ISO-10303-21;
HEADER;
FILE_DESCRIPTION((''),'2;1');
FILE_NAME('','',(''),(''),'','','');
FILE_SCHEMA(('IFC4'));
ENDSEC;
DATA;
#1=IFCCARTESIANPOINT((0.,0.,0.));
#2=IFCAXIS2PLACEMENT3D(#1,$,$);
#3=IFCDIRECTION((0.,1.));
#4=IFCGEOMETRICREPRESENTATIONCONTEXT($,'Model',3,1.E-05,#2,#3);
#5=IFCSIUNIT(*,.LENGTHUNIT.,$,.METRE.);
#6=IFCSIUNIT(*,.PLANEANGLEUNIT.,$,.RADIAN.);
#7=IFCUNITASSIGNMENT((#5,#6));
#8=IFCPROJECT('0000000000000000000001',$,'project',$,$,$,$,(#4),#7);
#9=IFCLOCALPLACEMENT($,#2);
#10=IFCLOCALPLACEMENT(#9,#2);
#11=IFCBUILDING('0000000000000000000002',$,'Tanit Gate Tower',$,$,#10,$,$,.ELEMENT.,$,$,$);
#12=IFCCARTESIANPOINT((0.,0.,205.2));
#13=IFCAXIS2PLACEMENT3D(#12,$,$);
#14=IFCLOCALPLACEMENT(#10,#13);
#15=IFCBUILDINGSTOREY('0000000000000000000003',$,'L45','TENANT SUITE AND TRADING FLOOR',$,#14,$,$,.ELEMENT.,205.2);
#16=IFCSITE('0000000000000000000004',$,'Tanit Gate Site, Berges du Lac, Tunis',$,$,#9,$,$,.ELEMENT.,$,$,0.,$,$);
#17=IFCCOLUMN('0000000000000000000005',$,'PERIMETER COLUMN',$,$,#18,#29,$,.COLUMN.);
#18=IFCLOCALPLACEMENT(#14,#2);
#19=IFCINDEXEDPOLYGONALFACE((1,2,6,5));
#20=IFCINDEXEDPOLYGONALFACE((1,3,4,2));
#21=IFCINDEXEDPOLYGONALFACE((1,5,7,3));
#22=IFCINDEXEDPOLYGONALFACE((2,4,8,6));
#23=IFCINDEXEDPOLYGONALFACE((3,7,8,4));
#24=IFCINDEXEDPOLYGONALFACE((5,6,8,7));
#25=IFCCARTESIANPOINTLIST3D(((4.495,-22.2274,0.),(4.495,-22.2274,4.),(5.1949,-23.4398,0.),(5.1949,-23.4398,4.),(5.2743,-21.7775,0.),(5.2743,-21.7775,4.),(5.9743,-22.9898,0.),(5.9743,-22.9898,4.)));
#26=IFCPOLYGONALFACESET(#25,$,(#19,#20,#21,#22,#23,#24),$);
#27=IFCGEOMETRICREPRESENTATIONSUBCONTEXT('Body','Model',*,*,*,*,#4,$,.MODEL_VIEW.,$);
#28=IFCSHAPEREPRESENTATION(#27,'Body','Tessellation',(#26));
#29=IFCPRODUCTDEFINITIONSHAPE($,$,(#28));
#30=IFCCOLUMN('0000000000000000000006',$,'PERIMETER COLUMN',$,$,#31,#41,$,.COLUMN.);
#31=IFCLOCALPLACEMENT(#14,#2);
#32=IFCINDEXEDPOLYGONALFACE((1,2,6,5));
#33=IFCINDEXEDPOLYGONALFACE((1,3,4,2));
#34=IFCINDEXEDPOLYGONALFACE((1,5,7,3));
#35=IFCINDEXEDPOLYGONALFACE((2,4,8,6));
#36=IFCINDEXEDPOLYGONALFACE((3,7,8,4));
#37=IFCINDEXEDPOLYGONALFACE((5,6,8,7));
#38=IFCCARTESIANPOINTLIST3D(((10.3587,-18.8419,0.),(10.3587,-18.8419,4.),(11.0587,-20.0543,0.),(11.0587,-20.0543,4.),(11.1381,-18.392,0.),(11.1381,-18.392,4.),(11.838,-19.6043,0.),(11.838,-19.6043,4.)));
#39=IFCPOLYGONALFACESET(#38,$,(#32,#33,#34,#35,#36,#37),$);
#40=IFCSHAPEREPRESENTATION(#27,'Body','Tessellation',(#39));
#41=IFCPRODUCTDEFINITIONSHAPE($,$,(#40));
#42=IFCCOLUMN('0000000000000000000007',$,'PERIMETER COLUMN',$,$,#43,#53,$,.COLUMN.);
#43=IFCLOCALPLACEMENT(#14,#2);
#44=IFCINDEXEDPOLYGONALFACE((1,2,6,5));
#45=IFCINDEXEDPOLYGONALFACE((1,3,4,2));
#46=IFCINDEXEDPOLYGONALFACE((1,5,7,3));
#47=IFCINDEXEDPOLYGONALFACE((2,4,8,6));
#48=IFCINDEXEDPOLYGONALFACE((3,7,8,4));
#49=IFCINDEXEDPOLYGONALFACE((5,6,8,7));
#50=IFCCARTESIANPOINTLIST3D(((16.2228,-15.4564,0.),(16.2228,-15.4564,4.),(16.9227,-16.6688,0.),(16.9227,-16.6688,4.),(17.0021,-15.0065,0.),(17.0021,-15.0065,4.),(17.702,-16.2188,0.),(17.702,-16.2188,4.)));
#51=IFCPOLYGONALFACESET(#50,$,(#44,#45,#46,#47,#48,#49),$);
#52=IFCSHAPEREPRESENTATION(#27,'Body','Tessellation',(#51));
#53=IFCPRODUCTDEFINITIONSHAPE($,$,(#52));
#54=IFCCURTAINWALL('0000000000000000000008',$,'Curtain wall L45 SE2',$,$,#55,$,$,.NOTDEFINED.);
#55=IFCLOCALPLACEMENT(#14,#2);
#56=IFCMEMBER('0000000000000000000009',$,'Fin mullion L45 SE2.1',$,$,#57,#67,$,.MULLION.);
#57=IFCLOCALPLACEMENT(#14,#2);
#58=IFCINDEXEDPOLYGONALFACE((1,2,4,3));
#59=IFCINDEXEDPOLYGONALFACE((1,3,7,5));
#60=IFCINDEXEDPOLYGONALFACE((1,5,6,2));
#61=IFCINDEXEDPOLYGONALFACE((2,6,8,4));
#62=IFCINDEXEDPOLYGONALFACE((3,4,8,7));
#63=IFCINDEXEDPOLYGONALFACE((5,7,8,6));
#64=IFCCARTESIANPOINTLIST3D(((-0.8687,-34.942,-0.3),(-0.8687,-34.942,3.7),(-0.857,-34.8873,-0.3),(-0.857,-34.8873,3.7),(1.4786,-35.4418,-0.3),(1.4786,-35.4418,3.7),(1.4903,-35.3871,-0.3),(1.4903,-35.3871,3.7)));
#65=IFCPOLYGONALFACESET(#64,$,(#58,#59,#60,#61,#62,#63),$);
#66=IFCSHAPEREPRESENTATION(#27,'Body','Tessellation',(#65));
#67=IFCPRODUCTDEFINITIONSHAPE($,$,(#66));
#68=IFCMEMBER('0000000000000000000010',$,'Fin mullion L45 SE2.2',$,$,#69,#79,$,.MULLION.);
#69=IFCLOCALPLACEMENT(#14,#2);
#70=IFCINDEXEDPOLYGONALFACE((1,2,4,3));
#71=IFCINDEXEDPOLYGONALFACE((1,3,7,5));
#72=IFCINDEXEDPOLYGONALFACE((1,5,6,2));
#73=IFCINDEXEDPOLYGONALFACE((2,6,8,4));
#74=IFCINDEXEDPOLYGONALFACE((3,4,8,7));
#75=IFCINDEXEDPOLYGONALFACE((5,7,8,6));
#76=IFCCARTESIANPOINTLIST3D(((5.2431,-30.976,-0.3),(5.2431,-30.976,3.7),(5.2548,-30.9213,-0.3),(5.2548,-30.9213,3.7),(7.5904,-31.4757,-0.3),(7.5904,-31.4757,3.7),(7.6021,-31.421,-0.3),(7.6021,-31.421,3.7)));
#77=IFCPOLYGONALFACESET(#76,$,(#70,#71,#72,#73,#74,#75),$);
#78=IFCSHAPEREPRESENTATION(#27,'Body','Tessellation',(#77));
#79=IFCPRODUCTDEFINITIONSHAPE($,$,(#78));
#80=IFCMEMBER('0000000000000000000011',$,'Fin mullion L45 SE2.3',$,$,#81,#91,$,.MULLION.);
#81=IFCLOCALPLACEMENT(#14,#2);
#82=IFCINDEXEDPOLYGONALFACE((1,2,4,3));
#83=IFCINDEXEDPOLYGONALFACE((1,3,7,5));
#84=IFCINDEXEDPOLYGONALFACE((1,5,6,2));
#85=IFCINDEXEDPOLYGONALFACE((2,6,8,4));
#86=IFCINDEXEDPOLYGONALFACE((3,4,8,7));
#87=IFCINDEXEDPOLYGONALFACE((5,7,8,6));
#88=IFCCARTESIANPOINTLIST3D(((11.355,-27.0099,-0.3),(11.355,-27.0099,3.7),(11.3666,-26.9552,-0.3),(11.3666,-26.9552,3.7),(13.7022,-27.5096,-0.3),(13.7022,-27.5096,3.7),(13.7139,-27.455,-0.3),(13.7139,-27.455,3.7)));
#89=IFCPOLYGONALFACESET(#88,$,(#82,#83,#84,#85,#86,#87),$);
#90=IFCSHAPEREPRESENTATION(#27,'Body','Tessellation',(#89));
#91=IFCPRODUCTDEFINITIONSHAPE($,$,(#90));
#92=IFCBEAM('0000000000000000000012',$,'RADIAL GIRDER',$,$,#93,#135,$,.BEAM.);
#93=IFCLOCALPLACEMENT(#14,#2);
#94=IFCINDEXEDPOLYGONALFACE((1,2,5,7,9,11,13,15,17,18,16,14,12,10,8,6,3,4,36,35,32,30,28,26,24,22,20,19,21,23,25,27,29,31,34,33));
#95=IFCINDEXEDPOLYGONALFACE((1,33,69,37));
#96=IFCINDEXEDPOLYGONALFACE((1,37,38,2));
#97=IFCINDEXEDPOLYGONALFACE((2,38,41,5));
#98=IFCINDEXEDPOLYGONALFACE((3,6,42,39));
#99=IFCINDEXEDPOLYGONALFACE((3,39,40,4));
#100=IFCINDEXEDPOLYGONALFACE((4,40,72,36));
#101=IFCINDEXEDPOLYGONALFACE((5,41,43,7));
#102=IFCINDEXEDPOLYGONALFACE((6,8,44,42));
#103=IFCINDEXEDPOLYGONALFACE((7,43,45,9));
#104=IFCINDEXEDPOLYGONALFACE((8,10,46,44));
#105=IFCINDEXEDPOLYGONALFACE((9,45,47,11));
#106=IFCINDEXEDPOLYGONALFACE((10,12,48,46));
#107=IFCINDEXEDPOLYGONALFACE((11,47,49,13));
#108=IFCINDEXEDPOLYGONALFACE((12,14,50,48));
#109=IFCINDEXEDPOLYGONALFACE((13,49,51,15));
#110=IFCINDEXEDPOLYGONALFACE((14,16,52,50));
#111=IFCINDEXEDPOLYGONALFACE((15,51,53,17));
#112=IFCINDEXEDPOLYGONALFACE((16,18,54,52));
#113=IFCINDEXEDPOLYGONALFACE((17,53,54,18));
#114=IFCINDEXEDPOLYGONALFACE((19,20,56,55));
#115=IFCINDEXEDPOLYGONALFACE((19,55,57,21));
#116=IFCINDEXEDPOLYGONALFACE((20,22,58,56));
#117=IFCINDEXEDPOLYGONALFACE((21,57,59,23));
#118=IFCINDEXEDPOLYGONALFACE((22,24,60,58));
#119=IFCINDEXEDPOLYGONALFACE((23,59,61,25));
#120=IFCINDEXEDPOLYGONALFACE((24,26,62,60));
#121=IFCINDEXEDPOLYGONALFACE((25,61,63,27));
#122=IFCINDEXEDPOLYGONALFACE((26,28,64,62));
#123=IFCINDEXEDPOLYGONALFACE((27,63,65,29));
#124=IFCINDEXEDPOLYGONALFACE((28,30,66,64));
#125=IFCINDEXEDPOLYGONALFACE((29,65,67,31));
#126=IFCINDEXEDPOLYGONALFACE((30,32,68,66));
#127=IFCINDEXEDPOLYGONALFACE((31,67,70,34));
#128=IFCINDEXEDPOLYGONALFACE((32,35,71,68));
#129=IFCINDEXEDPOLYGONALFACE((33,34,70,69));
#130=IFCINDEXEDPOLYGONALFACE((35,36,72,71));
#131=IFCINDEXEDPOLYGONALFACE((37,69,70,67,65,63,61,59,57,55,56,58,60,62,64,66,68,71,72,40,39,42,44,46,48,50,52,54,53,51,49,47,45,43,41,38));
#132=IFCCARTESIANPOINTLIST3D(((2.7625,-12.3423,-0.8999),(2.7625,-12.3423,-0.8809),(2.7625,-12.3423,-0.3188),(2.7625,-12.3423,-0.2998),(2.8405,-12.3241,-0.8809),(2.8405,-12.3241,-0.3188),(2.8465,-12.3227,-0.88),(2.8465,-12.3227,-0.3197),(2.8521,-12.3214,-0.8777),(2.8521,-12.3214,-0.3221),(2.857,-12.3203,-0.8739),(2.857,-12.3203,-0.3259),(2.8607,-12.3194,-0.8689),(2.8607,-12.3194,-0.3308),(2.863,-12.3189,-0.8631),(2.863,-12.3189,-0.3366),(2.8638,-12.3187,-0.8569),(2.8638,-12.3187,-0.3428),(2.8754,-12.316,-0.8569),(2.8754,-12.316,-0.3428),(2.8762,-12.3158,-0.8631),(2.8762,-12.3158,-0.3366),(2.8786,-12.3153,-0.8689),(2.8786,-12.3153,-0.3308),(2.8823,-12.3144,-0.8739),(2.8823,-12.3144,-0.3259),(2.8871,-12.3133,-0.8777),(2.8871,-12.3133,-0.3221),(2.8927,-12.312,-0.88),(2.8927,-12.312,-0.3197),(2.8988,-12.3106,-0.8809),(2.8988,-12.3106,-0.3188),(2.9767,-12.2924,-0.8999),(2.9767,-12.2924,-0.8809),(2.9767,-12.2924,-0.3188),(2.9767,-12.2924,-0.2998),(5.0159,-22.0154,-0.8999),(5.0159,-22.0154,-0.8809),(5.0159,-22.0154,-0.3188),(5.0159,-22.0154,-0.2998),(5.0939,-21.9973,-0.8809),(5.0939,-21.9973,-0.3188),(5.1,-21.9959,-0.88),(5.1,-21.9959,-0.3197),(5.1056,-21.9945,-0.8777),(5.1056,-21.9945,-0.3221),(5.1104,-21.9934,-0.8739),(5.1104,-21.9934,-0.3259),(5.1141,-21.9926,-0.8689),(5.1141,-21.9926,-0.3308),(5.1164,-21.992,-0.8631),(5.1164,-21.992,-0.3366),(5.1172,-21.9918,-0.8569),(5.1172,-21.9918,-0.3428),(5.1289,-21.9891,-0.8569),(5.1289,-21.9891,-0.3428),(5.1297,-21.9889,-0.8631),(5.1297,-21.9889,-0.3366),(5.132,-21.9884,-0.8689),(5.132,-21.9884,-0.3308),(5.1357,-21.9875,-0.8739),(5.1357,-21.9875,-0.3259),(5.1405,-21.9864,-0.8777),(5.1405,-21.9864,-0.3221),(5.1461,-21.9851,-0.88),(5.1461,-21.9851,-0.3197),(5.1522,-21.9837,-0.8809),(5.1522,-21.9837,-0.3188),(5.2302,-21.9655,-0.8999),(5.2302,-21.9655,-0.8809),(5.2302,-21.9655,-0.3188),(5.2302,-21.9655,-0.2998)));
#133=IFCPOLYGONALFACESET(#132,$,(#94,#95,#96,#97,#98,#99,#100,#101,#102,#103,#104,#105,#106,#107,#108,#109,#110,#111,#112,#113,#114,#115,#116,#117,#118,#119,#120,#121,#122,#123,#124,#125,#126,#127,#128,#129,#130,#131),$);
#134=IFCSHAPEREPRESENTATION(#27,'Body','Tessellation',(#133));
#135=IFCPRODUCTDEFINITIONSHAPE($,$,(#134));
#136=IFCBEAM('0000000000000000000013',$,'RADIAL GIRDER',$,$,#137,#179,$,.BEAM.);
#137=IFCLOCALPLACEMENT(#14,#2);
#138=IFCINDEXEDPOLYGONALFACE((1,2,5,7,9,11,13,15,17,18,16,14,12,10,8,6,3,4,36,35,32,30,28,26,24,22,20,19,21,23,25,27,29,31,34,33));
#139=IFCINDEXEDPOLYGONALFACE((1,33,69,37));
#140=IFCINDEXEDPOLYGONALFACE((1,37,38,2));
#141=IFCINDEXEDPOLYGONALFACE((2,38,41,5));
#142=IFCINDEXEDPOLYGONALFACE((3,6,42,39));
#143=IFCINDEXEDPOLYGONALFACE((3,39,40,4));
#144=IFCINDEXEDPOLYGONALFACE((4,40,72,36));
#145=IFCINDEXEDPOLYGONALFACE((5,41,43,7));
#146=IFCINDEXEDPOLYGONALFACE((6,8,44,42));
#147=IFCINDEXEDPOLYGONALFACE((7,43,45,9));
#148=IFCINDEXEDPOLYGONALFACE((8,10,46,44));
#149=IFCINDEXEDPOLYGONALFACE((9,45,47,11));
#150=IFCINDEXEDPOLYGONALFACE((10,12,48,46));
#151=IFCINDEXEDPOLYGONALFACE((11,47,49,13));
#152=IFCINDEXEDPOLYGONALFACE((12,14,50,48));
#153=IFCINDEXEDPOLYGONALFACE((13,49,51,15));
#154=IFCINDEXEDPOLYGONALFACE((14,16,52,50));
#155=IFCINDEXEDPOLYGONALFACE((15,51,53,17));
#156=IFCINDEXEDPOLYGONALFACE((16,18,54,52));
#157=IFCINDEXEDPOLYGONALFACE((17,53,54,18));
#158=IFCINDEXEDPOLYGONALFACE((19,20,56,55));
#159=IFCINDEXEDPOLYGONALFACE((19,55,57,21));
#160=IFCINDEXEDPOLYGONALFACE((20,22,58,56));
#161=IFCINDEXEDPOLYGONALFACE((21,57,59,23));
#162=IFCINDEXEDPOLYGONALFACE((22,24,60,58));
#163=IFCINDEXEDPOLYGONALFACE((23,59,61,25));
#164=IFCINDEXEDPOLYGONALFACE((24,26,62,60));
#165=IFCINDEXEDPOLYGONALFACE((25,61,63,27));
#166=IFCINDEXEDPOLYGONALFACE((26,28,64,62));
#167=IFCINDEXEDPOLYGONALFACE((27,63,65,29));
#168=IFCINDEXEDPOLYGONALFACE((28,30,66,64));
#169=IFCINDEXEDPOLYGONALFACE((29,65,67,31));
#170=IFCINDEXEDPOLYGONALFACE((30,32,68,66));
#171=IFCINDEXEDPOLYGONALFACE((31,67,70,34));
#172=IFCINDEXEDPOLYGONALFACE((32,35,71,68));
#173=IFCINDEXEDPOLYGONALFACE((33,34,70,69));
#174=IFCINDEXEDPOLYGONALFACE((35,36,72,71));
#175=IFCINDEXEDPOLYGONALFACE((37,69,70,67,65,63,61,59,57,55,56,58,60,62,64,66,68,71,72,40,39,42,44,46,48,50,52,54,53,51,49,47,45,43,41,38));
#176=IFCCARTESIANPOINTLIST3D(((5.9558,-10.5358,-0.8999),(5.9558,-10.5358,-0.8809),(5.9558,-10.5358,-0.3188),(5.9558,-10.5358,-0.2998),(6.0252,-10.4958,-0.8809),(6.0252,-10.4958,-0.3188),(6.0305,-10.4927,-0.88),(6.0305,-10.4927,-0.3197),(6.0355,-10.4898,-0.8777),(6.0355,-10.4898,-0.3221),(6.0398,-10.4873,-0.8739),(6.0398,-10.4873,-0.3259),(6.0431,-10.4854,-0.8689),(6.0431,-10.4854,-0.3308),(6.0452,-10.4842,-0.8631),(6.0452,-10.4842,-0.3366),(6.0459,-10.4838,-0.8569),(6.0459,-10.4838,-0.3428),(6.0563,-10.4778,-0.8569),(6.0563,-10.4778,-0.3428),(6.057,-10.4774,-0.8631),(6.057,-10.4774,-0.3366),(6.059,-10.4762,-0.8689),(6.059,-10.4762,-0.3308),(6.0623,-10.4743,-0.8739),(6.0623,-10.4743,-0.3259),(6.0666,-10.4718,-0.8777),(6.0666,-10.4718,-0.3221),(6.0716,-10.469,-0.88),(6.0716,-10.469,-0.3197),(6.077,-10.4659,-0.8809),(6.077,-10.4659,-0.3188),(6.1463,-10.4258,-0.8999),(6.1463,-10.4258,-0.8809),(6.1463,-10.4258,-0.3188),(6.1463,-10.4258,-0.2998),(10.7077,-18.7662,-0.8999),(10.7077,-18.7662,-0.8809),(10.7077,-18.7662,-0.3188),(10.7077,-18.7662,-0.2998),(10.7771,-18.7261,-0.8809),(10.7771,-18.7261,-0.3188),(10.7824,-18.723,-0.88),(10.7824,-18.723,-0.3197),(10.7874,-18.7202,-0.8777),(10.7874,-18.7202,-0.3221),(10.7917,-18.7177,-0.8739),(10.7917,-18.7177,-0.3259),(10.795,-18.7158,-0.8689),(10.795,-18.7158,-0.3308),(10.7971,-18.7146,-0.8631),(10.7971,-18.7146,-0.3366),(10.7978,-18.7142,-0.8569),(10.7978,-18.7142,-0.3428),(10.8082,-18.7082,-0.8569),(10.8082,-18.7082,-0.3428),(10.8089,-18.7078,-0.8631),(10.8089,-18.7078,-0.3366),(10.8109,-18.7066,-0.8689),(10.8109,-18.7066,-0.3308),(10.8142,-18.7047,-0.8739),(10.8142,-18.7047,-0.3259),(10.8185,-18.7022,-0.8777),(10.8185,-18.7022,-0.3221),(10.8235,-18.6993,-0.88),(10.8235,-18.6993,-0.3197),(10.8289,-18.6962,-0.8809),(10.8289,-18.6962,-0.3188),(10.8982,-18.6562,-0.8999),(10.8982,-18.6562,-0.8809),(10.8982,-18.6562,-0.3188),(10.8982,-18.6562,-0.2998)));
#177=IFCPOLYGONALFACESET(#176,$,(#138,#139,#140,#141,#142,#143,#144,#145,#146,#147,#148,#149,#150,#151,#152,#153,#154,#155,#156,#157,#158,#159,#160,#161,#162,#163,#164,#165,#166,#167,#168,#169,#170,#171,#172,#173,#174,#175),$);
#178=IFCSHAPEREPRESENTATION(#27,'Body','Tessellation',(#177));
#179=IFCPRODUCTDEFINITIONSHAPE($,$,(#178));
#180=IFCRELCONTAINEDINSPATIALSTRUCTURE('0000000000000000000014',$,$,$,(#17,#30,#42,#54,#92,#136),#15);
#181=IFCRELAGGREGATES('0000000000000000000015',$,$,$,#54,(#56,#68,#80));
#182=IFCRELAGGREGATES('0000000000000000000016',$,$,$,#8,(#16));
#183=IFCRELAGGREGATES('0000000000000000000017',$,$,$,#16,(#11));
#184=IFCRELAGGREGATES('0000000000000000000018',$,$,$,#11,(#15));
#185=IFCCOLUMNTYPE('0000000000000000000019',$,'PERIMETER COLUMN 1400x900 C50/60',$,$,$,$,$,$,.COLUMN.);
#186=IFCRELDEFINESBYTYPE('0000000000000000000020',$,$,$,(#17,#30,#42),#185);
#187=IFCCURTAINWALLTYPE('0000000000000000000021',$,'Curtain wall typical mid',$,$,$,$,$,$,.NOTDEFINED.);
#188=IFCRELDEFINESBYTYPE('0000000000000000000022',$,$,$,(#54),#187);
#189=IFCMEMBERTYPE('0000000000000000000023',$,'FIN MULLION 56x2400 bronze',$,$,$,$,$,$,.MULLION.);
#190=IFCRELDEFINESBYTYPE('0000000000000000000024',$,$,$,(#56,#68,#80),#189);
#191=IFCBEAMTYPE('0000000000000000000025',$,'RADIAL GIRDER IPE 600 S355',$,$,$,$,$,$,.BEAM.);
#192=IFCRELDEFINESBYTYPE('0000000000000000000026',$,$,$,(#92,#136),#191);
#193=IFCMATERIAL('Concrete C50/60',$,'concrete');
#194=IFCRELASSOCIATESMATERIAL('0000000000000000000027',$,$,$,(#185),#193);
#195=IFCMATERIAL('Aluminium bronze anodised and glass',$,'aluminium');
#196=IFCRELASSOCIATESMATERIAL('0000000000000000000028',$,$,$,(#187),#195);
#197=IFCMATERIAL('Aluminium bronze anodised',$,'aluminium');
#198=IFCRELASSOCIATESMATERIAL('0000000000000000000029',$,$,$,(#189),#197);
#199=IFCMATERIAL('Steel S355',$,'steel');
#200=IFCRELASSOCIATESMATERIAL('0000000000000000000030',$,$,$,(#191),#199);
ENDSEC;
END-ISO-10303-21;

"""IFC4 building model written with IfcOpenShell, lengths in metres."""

from ifc_helpers import new_model, si_unit, direction, frame, origin, origin_2d, place, context, subcontext, project, spatial, rectangle, i_section, extrude, material, material_profile, profile_set, type_object, element, aggregate, save


model = new_model("IFC4")

# Units and contexts
model_context = context("Model", 3, precision=1e-05, world=origin(), true_north=direction((0.0, 1.0)))
body_context = subcontext(model_context, "Body", "Model", "MODEL_VIEW")
ifc_project = project(units=[si_unit("LENGTHUNIT", "METRE"), si_unit("PLANEANGLEUNIT", "RADIAN")], contexts=[model_context])

# Site, building, storey
site_placement = place(None, origin())
site = spatial("IfcSite", under=ifc_project, at=site_placement, Name="Tanit Gate Site, Berges du Lac, Tunis", CompositionType="ELEMENT", RefElevation=0.0)
building_placement = place(site_placement, origin())
building = spatial("IfcBuilding", under=site, at=building_placement, Name="Tanit Gate Tower", CompositionType="ELEMENT")
storey_placement = place(building_placement, frame((0.0, 0.0, 205.2)))
storey = spatial("IfcBuildingStorey", under=building, at=storey_placement, Name="L45", Description="TENANT SUITE AND TRADING FLOOR", CompositionType="ELEMENT", Elevation=205.2)

# Columns
ifc_material_1 = material(Name="Concrete C50/60", Category="concrete")
ifc_material_profile_1 = material_profile(ifc_material_1, rectangle(XDim=1.3999, YDim=0.8999, at=origin_2d()), Name="RC 1400x900")
ifc_profile_set_1 = profile_set([ifc_material_profile_1], Name="Concrete C50/60")
column_type = type_object("IfcColumnType", Name="PERIMETER COLUMN 1400x900 C50/60", PredefinedType="COLUMN", material=ifc_profile_set_1)
for number, where, z_axis, x_axis, name in (
    (1, (5.2346, -22.6086, 0.0), (0.0, 0.0, 1.0), (0.5, -0.866025, 0.0), "PERIMETER COLUMN"),
    (2, (11.0984, -19.2231, 0.0), (0.0, 0.0, 1.0), (0.5, -0.866025, 0.0), "PERIMETER COLUMN"),
    (3, (16.9624, -15.8376, 0.0), (0.0, 0.0, 1.0), (0.5, -0.866025, 0.0), "PERIMETER COLUMN"),
):
    element("IfcColumn", number, at=place(storey_placement, frame(where, z_axis=z_axis, x_axis=x_axis)), inside=storey, type_object=column_type, Name=name, PredefinedType="COLUMN", context=body_context, shape_type="SweptSolid", body=[
        extrude(rectangle(XDim=1.3999, YDim=0.8999, at=origin_2d()), origin(), (0.0, 0.0, 1.0), 4.0),
    ])

# Curtain wall, members
ifc_material_2 = material(Name="Aluminium bronze anodised and glass", Category="aluminium")
curtain_wall_type = type_object("IfcCurtainWallType", Name="Curtain wall typical mid", PredefinedType="NOTDEFINED", material=ifc_material_2)
curtain_wall_placement = place(storey_placement, origin())
curtain_wall = element("IfcCurtainWall", 4, at=curtain_wall_placement, inside=storey, type_object=curtain_wall_type, Name="Curtain wall L45 SE2", PredefinedType="NOTDEFINED")
ifc_material_3 = material(Name="Aluminium bronze anodised", Category="aluminium")
ifc_material_profile_2 = material_profile(ifc_material_3, rectangle(XDim=2.3999, YDim=0.0559, at=origin_2d()), Name="56x2400 bronze fin mullion")
ifc_profile_set_2 = profile_set([ifc_material_profile_2], Name="Aluminium bronze anodised")
member_type_1 = type_object("IfcMemberType", Name="FIN MULLION 56x2400 bronze", PredefinedType="MULLION", material=ifc_profile_set_2)
member_1_placement = place(storey_placement, frame((0.3108, -35.1646, -0.3), z_axis=(0.0, 0.0, 1.0), x_axis=(-0.978078, 0.208238, 0.0)))
member_1 = element("IfcMember", 5, at=member_1_placement, type_object=member_type_1, Name="Fin mullion L45 SE2.1", PredefinedType="MULLION", context=body_context, shape_type="SweptSolid", body=[
    extrude(rectangle(XDim=2.3999, YDim=0.0559, at=origin_2d()), origin(), (0.0, 0.0, 1.0), 4.0),
])
member_2_placement = place(storey_placement, frame((6.4226, -31.1985, -0.3), z_axis=(0.0, 0.0, 1.0), x_axis=(-0.978078, 0.208238, 0.0)))
member_2 = element("IfcMember", 6, at=member_2_placement, type_object=member_type_1, Name="Fin mullion L45 SE2.2", PredefinedType="MULLION", context=body_context, shape_type="SweptSolid", body=[
    extrude(rectangle(XDim=2.3999, YDim=0.0559, at=origin_2d()), origin(), (0.0, 0.0, 1.0), 4.0),
])
member_3_placement = place(storey_placement, frame((12.5344, -27.2324, -0.3), z_axis=(0.0, 0.0, 1.0), x_axis=(-0.978078, 0.208238, 0.0)))
member_3 = element("IfcMember", 7, at=member_3_placement, type_object=member_type_1, Name="Fin mullion L45 SE2.3", PredefinedType="MULLION", context=body_context, shape_type="SweptSolid", body=[
    extrude(rectangle(XDim=2.3999, YDim=0.0559, at=origin_2d()), origin(), (0.0, 0.0, 1.0), 4.0),
])

# Beams
ifc_material_4 = material(Name="Steel S355", Category="steel")
ifc_material_profile_3 = material_profile(ifc_material_4, i_section(OverallWidth=0.22, OverallDepth=0.6001, WebThickness=0.012, FlangeThickness=0.019, FilletRadius=0.0239, at=origin_2d()), Name="IPE 600")
ifc_profile_set_3 = profile_set([ifc_material_profile_3], Name="Steel S355")
beam_type = type_object("IfcBeamType", Name="RADIAL GIRDER IPE 600 S355", PredefinedType="BEAM", material=ifc_profile_set_3)
beam_1_placement = place(storey_placement, frame((5.123, -21.9905, -0.5999), z_axis=(-0.226882, 0.973922, 0.0), x_axis=(-0.973922, -0.226882, 0.0)))
element("IfcBeam", 8, at=beam_1_placement, inside=storey, type_object=beam_type, Name="RADIAL GIRDER", PredefinedType="BEAM", context=body_context, shape_type="SweptSolid", body=[
    extrude(i_section(OverallWidth=0.22, OverallDepth=0.6001, WebThickness=0.012, FlangeThickness=0.019, FilletRadius=0.0239, at=origin_2d()), origin(), (0.0, 0.0, 1.0), 9.9321),
])
beam_2_placement = place(storey_placement, frame((10.803, -18.7112, -0.5999), z_axis=(-0.500007, 0.866021, 0.0), x_axis=(-0.866021, -0.500007, 0.0)))
element("IfcBeam", 9, at=beam_2_placement, inside=storey, type_object=beam_type, Name="RADIAL GIRDER", PredefinedType="BEAM", context=body_context, shape_type="SweptSolid", body=[
    extrude(i_section(OverallWidth=0.22, OverallDepth=0.6001, WebThickness=0.012, FlangeThickness=0.019, FilletRadius=0.0239, at=origin_2d()), origin(), (0.0, 0.0, 1.0), 9.5037),
])

aggregate(curtain_wall, [member_1, member_2, member_3])

save(model, "model.ifc")
